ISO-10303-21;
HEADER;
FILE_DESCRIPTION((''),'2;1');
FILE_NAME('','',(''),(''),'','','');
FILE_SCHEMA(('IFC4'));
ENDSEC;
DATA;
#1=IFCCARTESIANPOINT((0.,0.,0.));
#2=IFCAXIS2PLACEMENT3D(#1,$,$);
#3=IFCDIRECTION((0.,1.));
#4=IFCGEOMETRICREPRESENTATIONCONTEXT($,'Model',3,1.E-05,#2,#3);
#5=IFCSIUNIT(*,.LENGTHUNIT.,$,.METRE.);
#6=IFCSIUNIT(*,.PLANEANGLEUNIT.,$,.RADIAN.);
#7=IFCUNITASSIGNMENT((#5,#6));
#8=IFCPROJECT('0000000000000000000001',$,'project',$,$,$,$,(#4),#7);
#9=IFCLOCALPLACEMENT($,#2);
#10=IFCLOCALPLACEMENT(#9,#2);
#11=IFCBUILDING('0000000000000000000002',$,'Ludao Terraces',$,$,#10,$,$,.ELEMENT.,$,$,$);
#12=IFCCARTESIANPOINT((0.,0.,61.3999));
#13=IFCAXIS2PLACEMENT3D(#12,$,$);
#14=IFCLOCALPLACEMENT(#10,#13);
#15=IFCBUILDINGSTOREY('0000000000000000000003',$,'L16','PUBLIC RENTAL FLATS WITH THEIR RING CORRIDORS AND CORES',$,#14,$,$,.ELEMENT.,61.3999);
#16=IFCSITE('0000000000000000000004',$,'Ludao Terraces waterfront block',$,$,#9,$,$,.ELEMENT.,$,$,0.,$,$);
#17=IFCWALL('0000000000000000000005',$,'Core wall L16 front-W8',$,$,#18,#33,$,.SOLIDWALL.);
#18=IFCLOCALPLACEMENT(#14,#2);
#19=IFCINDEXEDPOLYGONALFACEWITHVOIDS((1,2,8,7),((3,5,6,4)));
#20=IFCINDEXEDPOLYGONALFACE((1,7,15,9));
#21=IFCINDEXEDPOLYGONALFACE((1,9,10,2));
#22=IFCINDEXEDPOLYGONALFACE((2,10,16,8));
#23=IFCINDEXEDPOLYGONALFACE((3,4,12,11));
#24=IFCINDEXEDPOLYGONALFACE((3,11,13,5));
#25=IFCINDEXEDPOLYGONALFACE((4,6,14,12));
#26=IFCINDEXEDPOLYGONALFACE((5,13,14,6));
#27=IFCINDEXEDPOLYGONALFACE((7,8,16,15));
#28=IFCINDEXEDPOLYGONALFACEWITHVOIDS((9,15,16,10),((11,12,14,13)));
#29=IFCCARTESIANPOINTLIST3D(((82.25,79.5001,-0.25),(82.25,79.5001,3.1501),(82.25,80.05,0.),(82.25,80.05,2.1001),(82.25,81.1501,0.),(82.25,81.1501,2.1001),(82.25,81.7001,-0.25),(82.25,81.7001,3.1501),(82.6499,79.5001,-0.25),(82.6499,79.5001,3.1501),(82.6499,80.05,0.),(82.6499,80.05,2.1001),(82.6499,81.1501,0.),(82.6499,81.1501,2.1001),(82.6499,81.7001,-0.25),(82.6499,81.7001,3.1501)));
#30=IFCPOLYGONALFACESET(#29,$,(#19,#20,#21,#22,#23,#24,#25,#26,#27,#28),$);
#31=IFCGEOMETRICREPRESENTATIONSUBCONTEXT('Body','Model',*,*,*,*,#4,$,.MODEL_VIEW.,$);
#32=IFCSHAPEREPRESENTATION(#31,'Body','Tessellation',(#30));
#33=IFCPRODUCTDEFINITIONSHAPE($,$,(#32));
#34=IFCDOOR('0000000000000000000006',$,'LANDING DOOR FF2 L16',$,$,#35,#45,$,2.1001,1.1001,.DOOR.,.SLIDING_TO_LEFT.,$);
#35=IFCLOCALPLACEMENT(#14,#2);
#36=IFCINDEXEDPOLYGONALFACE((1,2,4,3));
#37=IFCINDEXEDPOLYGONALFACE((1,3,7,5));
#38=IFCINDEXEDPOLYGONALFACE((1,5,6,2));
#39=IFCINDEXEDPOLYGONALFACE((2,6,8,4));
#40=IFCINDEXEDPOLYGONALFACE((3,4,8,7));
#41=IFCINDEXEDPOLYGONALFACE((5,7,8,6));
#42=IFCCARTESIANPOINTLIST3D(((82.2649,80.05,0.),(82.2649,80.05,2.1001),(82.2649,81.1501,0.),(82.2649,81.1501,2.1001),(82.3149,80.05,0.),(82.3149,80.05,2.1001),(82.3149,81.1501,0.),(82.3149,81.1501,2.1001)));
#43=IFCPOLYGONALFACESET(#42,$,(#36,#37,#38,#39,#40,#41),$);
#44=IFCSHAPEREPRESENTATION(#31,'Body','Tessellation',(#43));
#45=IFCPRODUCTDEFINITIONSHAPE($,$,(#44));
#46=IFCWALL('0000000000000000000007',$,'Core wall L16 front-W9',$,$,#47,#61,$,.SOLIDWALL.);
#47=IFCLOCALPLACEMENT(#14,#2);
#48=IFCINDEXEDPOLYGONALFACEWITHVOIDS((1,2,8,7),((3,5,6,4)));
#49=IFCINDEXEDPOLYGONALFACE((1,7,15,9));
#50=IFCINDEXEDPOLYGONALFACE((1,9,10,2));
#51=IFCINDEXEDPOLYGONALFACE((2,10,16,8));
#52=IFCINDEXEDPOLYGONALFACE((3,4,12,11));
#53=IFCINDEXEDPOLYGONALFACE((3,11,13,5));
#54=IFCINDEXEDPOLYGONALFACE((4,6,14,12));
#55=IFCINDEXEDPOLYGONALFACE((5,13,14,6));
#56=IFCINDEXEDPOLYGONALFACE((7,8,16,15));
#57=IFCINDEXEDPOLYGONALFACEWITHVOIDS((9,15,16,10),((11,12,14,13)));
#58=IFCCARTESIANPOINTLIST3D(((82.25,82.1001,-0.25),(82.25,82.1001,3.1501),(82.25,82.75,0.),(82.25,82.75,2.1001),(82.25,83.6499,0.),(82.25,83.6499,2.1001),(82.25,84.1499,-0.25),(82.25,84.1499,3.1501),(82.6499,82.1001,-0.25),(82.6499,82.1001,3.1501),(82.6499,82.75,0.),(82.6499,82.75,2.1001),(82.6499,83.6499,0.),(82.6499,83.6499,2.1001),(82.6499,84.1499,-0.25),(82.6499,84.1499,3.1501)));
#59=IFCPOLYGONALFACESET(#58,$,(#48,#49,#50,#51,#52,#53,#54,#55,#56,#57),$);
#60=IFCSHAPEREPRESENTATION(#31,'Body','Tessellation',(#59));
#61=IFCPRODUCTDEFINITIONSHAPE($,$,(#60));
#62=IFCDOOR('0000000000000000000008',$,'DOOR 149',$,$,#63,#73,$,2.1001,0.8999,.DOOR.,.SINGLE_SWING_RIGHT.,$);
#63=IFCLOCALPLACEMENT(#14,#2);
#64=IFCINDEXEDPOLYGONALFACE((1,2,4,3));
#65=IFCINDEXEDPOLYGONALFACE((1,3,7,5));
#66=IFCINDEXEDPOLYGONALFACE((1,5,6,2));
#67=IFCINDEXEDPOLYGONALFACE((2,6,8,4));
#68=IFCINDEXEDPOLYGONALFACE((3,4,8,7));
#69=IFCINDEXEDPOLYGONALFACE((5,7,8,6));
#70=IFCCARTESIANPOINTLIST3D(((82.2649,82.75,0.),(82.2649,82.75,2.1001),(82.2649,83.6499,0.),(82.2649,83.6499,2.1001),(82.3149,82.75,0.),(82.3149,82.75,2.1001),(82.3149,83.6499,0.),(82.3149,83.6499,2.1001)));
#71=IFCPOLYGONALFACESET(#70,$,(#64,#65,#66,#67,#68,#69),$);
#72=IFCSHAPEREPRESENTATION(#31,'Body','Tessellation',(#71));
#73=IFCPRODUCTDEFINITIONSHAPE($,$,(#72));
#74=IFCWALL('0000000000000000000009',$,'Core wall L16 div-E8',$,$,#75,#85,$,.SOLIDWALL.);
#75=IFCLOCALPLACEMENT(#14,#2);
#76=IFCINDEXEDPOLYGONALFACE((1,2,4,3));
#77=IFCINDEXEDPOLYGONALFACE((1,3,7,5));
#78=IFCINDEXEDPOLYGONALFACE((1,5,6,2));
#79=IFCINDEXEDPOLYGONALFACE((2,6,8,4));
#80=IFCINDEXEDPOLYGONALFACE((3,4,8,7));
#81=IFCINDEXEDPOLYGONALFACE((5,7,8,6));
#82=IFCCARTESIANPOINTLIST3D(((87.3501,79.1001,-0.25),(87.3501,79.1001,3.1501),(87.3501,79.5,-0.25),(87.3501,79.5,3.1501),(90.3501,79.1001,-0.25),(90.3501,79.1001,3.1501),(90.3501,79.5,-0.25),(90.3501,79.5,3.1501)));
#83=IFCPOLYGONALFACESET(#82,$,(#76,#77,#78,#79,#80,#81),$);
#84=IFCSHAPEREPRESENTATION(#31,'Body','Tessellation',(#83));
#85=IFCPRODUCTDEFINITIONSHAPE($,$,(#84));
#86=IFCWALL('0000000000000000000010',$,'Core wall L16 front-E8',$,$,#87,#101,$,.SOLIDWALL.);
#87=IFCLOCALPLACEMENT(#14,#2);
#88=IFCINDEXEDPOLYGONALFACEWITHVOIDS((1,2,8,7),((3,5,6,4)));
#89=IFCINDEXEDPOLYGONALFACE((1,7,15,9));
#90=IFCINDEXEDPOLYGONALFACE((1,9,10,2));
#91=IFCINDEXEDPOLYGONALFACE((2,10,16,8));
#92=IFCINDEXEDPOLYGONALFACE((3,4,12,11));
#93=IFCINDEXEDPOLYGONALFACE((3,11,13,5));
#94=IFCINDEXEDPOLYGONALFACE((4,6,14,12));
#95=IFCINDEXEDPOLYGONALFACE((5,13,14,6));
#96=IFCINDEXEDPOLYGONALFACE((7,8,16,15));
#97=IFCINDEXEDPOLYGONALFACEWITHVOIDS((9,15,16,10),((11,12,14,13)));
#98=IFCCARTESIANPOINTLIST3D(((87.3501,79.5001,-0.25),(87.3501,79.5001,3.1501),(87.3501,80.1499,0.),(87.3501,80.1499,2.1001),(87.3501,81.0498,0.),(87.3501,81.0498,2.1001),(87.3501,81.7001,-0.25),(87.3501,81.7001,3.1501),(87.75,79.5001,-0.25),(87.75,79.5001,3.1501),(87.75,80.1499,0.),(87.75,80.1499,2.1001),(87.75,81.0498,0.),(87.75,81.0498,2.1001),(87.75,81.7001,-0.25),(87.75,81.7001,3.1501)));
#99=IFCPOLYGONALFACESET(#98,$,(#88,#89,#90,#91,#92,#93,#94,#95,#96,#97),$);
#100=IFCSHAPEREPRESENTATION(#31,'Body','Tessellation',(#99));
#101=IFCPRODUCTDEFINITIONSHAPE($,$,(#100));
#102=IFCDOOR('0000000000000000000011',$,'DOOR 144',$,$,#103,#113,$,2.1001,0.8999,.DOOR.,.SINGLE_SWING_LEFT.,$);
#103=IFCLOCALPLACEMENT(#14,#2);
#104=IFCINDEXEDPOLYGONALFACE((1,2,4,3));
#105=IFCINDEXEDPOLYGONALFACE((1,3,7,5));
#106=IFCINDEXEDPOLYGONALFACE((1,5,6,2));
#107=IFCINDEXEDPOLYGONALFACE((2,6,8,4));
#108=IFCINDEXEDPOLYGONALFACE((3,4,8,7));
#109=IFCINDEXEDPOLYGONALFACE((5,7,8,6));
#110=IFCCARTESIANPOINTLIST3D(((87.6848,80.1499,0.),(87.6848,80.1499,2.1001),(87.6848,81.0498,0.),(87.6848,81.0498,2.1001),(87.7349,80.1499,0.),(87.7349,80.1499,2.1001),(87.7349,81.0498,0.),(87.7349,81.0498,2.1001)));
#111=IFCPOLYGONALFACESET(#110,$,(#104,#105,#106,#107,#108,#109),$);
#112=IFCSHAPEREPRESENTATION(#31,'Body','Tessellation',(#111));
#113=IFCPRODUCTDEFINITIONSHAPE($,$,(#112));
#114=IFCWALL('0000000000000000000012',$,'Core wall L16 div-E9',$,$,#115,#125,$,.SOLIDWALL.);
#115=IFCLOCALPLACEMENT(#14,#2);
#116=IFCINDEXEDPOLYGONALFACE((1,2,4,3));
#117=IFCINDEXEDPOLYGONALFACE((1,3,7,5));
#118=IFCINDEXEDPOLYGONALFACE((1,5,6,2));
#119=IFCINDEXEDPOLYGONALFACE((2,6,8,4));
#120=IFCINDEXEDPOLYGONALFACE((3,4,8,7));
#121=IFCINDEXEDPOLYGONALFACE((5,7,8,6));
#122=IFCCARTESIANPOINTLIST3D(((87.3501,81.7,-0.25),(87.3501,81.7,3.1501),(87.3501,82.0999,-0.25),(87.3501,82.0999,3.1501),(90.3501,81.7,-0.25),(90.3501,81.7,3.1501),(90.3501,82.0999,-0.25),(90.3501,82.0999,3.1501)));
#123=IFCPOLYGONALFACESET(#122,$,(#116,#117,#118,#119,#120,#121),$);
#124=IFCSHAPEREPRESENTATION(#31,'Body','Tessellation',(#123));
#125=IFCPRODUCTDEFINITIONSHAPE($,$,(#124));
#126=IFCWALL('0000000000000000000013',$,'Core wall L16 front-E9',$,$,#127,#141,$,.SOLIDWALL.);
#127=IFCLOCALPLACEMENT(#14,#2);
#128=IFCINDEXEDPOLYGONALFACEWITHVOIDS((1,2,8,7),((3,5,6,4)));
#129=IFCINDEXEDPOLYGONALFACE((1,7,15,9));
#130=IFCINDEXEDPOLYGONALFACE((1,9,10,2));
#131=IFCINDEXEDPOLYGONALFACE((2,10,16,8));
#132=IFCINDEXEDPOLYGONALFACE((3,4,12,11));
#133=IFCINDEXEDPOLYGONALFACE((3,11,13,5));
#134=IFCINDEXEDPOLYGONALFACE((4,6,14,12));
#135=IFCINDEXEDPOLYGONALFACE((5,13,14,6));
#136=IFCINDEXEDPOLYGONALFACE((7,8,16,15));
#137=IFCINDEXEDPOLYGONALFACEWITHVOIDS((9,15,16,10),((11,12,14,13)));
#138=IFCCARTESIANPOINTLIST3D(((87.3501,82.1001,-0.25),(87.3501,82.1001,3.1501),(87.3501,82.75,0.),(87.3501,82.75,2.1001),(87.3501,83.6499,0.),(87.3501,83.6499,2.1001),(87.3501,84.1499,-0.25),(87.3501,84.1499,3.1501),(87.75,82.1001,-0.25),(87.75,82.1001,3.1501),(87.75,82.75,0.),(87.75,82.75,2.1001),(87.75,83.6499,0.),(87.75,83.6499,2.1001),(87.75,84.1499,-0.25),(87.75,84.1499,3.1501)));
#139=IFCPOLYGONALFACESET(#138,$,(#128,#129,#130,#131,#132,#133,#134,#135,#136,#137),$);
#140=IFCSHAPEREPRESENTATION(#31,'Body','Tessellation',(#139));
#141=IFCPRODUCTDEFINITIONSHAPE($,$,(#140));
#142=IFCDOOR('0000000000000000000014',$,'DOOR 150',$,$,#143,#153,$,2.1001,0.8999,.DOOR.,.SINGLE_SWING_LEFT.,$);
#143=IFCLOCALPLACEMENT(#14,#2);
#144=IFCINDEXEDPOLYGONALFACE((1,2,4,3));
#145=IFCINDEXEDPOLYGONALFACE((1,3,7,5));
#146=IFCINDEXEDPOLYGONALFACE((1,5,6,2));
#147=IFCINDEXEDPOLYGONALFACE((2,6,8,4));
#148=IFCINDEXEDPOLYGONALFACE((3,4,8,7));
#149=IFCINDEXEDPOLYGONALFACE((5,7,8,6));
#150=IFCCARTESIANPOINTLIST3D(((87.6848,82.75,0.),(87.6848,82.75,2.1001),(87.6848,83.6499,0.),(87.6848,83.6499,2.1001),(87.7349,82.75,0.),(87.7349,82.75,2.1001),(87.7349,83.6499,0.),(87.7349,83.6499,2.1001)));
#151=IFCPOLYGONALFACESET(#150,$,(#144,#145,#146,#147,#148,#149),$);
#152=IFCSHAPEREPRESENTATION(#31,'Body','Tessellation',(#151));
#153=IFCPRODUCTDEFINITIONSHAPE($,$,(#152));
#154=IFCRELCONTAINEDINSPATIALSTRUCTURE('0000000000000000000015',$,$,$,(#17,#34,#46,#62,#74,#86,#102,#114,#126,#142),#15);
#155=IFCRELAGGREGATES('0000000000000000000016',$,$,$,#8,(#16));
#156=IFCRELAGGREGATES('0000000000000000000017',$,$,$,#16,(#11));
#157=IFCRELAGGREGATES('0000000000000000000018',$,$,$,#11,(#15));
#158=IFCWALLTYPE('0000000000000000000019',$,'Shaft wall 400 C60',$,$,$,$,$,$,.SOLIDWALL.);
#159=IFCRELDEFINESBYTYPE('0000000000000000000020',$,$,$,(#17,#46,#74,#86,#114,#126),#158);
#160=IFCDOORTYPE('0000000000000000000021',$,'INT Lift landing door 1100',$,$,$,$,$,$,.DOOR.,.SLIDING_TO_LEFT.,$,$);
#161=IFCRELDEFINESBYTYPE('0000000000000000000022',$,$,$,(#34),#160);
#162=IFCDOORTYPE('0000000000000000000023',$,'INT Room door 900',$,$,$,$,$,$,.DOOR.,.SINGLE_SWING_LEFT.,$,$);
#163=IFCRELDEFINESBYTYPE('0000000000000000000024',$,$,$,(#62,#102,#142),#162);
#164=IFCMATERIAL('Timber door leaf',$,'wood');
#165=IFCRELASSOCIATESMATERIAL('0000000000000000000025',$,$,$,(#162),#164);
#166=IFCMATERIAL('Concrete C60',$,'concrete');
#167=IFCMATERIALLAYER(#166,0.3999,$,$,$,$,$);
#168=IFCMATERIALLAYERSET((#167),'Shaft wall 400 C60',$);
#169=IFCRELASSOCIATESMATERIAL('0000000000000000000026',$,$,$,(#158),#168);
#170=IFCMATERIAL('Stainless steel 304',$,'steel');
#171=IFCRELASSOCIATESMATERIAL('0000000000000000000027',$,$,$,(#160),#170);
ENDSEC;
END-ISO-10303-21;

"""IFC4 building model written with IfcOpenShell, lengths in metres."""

from ifc_helpers import new_model, si_unit, direction, frame, frame_2d, origin, place, context, subcontext, project, spatial, rectangle, extrude, material, layer, layer_set, type_object, element, fill, save


model = new_model("IFC4")

# Units and contexts
model_context = context("Model", 3, precision=1e-05, world=origin(), true_north=direction((0.0, 1.0)))
body_context = subcontext(model_context, "Body", "Model", "MODEL_VIEW")
ifc_project = project(units=[si_unit("LENGTHUNIT", "METRE"), si_unit("PLANEANGLEUNIT", "RADIAN")], contexts=[model_context])

# Site, building, storey
site_placement = place(None, origin())
site = spatial("IfcSite", under=ifc_project, at=site_placement, Name="Ludao Terraces waterfront block", CompositionType="ELEMENT", RefElevation=0.0)
building_placement = place(site_placement, origin())
building = spatial("IfcBuilding", under=site, at=building_placement, Name="Ludao Terraces", CompositionType="ELEMENT")
storey_placement = place(building_placement, frame((0.0, 0.0, 61.3999)))
storey = spatial("IfcBuildingStorey", under=building, at=storey_placement, Name="L16", Description="PUBLIC RENTAL FLATS WITH THEIR RING CORRIDORS AND CORES", CompositionType="ELEMENT", Elevation=61.3999)

# Shared definitions
ifc_material_1 = material(Name="Timber door leaf", Category="wood")
door_type_1 = type_object("IfcDoorType", Name="INT Room door 900", OperationType="SINGLE_SWING_LEFT", PredefinedType="DOOR", material=ifc_material_1)

# Walls, openings, doors
ifc_material_2 = material(Name="Concrete C60", Category="concrete")
ifc_layer_1 = layer(ifc_material_2, 0.3999)
ifc_layer_set_1 = layer_set([ifc_layer_1], Name="Shaft wall 400 C60")
wall_type_1 = type_object("IfcWallType", Name="Shaft wall 400 C60", PredefinedType="SOLIDWALL", material=ifc_layer_set_1)
wall_1_placement = place(storey_placement, frame((82.45, 79.5, -0.25), z_axis=(0.0, 0.0, 1.0), x_axis=(0.0, 1.0, 0.0)))
wall_1 = element("IfcWall", 1, at=wall_1_placement, inside=storey, type_object=wall_type_1, Name="Core wall L16 front-W8", PredefinedType="SOLIDWALL", context=body_context, shape_type="SweptSolid", body=[
    extrude(rectangle(XDim=2.2, YDim=0.3999, at=frame_2d((1.1001, 0.0))), origin(), (0.0, 0.0, 1.0), 3.4001),
])
opening_1_placement = place(wall_1_placement, frame((0.55, 0.0, 0.25)))
opening_1 = element("IfcOpeningElement", 2, at=opening_1_placement, cuts=wall_1, PredefinedType="OPENING", context=body_context, shape_type="SweptSolid", body=[
    extrude(rectangle(XDim=1.1001, YDim=2.1001, at=frame_2d((0.55, 1.05))), frame((0.0, 0.21, 0.0), z_axis=(0.0, -1.0, 0.0), x_axis=(1.0, 0.0, 0.0)), (0.0, 0.0, 1.0), 0.4199),
])
ifc_material_3 = material(Name="Stainless steel 304", Category="steel")
door_type_2 = type_object("IfcDoorType", Name="INT Lift landing door 1100", OperationType="SLIDING_TO_LEFT", PredefinedType="DOOR", material=ifc_material_3)
door_1_placement = place(opening_1_placement, origin())
door_1 = element("IfcDoor", 3, at=door_1_placement, inside=storey, type_object=door_type_2, Name="LANDING DOOR FF2 L16", OperationType="SLIDING_TO_LEFT", OverallHeight=2.1001, OverallWidth=1.1001, PredefinedType="DOOR", context=body_context, shape_type="SweptSolid", body=[
    extrude(rectangle(XDim=1.1001, YDim=2.1001, at=frame_2d((0.55, 1.05))), frame((0.0, 0.1851, 0.0), z_axis=(0.0, -1.0, 0.0), x_axis=(1.0, 0.0, 0.0)), (0.0, 0.0, 1.0), 0.05),
])
fill(opening_1, door_1)
wall_2_placement = place(storey_placement, frame((82.45, 82.1001, -0.25), z_axis=(0.0, 0.0, 1.0), x_axis=(0.0, 1.0, 0.0)))
wall_2 = element("IfcWall", 4, at=wall_2_placement, inside=storey, type_object=wall_type_1, Name="Core wall L16 front-W9", PredefinedType="SOLIDWALL", context=body_context, shape_type="SweptSolid", body=[
    extrude(rectangle(XDim=2.0498, YDim=0.3999, at=frame_2d((1.0249, 0.0))), origin(), (0.0, 0.0, 1.0), 3.4001),
])
opening_2_placement = place(wall_2_placement, frame((0.6499, 0.0, 0.25)))
opening_2 = element("IfcOpeningElement", 5, at=opening_2_placement, cuts=wall_2, PredefinedType="OPENING", context=body_context, shape_type="SweptSolid", body=[
    extrude(rectangle(XDim=0.8999, YDim=2.1001, at=frame_2d((0.45, 1.05))), frame((0.0, 0.21, 0.0), z_axis=(0.0, -1.0, 0.0), x_axis=(1.0, 0.0, 0.0)), (0.0, 0.0, 1.0), 0.4199),
])
door_2_placement = place(opening_2_placement, origin())
door_2 = element("IfcDoor", 6, at=door_2_placement, inside=storey, type_object=door_type_1, Name="DOOR 149", OperationType="SINGLE_SWING_RIGHT", OverallHeight=2.1001, OverallWidth=0.8999, PredefinedType="DOOR", context=body_context, shape_type="SweptSolid", body=[
    extrude(rectangle(XDim=0.8999, YDim=2.1001, at=frame_2d((0.45, 1.05))), frame((0.0, 0.1851, 0.0), z_axis=(0.0, -1.0, 0.0), x_axis=(1.0, 0.0, 0.0)), (0.0, 0.0, 1.0), 0.05),
])
fill(opening_2, door_2)

# Wall
wall_3_placement = place(storey_placement, frame((87.3501, 79.3, -0.25), z_axis=(0.0, 0.0, 1.0), x_axis=(1.0, 0.0, 0.0)))
element("IfcWall", 7, at=wall_3_placement, inside=storey, type_object=wall_type_1, Name="Core wall L16 div-E8", PredefinedType="SOLIDWALL", context=body_context, shape_type="SweptSolid", body=[
    extrude(rectangle(XDim=3.0, YDim=0.3999, at=frame_2d((1.5, 0.0))), origin(), (0.0, 0.0, 1.0), 3.4001),
])

# Wall, opening, door
wall_4_placement = place(storey_placement, frame((87.55, 79.5, -0.25), z_axis=(0.0, 0.0, 1.0), x_axis=(0.0, 1.0, 0.0)))
wall_4 = element("IfcWall", 8, at=wall_4_placement, inside=storey, type_object=wall_type_1, Name="Core wall L16 front-E8", PredefinedType="SOLIDWALL", context=body_context, shape_type="SweptSolid", body=[
    extrude(rectangle(XDim=2.2, YDim=0.3999, at=frame_2d((1.1001, 0.0))), origin(), (0.0, 0.0, 1.0), 3.4001),
])
opening_3_placement = place(wall_4_placement, frame((0.6499, 0.0, 0.25)))
opening_3 = element("IfcOpeningElement", 9, at=opening_3_placement, cuts=wall_4, PredefinedType="OPENING", context=body_context, shape_type="SweptSolid", body=[
    extrude(rectangle(XDim=0.8999, YDim=2.1001, at=frame_2d((0.45, 1.05))), frame((0.0, 0.21, 0.0), z_axis=(0.0, -1.0, 0.0), x_axis=(1.0, 0.0, 0.0)), (0.0, 0.0, 1.0), 0.4199),
])
door_3_placement = place(opening_3_placement, origin())
door_3 = element("IfcDoor", 10, at=door_3_placement, inside=storey, type_object=door_type_1, Name="DOOR 144", OperationType="SINGLE_SWING_LEFT", OverallHeight=2.1001, OverallWidth=0.8999, PredefinedType="DOOR", context=body_context, shape_type="SweptSolid", body=[
    extrude(rectangle(XDim=0.8999, YDim=2.1001, at=frame_2d((0.45, 1.05))), frame((0.0, -0.1348, 0.0), z_axis=(0.0, -1.0, 0.0), x_axis=(1.0, 0.0, 0.0)), (0.0, 0.0, 1.0), 0.05),
])
fill(opening_3, door_3)

# Wall
wall_5_placement = place(storey_placement, frame((87.3501, 81.8999, -0.25), z_axis=(0.0, 0.0, 1.0), x_axis=(1.0, 0.0, 0.0)))
element("IfcWall", 11, at=wall_5_placement, inside=storey, type_object=wall_type_1, Name="Core wall L16 div-E9", PredefinedType="SOLIDWALL", context=body_context, shape_type="SweptSolid", body=[
    extrude(rectangle(XDim=3.0, YDim=0.3999, at=frame_2d((1.5, 0.0))), origin(), (0.0, 0.0, 1.0), 3.4001),
])

# Wall, opening, door
wall_6_placement = place(storey_placement, frame((87.55, 82.1001, -0.25), z_axis=(0.0, 0.0, 1.0), x_axis=(0.0, 1.0, 0.0)))
wall_6 = element("IfcWall", 12, at=wall_6_placement, inside=storey, type_object=wall_type_1, Name="Core wall L16 front-E9", PredefinedType="SOLIDWALL", context=body_context, shape_type="SweptSolid", body=[
    extrude(rectangle(XDim=2.0498, YDim=0.3999, at=frame_2d((1.0249, 0.0))), origin(), (0.0, 0.0, 1.0), 3.4001),
])
opening_4_placement = place(wall_6_placement, frame((0.6499, 0.0, 0.25)))
opening_4 = element("IfcOpeningElement", 13, at=opening_4_placement, cuts=wall_6, PredefinedType="OPENING", context=body_context, shape_type="SweptSolid", body=[
    extrude(rectangle(XDim=0.8999, YDim=2.1001, at=frame_2d((0.45, 1.05))), frame((0.0, 0.21, 0.0), z_axis=(0.0, -1.0, 0.0), x_axis=(1.0, 0.0, 0.0)), (0.0, 0.0, 1.0), 0.4199),
])
door_4_placement = place(opening_4_placement, origin())
door_4 = element("IfcDoor", 14, at=door_4_placement, inside=storey, type_object=door_type_1, Name="DOOR 150", OperationType="SINGLE_SWING_LEFT", OverallHeight=2.1001, OverallWidth=0.8999, PredefinedType="DOOR", context=body_context, shape_type="SweptSolid", body=[
    extrude(rectangle(XDim=0.8999, YDim=2.1001, at=frame_2d((0.45, 1.05))), frame((0.0, -0.1348, 0.0), z_axis=(0.0, -1.0, 0.0), x_axis=(1.0, 0.0, 0.0)), (0.0, 0.0, 1.0), 0.05),
])
fill(opening_4, door_4)

save(model, "model.ifc")
